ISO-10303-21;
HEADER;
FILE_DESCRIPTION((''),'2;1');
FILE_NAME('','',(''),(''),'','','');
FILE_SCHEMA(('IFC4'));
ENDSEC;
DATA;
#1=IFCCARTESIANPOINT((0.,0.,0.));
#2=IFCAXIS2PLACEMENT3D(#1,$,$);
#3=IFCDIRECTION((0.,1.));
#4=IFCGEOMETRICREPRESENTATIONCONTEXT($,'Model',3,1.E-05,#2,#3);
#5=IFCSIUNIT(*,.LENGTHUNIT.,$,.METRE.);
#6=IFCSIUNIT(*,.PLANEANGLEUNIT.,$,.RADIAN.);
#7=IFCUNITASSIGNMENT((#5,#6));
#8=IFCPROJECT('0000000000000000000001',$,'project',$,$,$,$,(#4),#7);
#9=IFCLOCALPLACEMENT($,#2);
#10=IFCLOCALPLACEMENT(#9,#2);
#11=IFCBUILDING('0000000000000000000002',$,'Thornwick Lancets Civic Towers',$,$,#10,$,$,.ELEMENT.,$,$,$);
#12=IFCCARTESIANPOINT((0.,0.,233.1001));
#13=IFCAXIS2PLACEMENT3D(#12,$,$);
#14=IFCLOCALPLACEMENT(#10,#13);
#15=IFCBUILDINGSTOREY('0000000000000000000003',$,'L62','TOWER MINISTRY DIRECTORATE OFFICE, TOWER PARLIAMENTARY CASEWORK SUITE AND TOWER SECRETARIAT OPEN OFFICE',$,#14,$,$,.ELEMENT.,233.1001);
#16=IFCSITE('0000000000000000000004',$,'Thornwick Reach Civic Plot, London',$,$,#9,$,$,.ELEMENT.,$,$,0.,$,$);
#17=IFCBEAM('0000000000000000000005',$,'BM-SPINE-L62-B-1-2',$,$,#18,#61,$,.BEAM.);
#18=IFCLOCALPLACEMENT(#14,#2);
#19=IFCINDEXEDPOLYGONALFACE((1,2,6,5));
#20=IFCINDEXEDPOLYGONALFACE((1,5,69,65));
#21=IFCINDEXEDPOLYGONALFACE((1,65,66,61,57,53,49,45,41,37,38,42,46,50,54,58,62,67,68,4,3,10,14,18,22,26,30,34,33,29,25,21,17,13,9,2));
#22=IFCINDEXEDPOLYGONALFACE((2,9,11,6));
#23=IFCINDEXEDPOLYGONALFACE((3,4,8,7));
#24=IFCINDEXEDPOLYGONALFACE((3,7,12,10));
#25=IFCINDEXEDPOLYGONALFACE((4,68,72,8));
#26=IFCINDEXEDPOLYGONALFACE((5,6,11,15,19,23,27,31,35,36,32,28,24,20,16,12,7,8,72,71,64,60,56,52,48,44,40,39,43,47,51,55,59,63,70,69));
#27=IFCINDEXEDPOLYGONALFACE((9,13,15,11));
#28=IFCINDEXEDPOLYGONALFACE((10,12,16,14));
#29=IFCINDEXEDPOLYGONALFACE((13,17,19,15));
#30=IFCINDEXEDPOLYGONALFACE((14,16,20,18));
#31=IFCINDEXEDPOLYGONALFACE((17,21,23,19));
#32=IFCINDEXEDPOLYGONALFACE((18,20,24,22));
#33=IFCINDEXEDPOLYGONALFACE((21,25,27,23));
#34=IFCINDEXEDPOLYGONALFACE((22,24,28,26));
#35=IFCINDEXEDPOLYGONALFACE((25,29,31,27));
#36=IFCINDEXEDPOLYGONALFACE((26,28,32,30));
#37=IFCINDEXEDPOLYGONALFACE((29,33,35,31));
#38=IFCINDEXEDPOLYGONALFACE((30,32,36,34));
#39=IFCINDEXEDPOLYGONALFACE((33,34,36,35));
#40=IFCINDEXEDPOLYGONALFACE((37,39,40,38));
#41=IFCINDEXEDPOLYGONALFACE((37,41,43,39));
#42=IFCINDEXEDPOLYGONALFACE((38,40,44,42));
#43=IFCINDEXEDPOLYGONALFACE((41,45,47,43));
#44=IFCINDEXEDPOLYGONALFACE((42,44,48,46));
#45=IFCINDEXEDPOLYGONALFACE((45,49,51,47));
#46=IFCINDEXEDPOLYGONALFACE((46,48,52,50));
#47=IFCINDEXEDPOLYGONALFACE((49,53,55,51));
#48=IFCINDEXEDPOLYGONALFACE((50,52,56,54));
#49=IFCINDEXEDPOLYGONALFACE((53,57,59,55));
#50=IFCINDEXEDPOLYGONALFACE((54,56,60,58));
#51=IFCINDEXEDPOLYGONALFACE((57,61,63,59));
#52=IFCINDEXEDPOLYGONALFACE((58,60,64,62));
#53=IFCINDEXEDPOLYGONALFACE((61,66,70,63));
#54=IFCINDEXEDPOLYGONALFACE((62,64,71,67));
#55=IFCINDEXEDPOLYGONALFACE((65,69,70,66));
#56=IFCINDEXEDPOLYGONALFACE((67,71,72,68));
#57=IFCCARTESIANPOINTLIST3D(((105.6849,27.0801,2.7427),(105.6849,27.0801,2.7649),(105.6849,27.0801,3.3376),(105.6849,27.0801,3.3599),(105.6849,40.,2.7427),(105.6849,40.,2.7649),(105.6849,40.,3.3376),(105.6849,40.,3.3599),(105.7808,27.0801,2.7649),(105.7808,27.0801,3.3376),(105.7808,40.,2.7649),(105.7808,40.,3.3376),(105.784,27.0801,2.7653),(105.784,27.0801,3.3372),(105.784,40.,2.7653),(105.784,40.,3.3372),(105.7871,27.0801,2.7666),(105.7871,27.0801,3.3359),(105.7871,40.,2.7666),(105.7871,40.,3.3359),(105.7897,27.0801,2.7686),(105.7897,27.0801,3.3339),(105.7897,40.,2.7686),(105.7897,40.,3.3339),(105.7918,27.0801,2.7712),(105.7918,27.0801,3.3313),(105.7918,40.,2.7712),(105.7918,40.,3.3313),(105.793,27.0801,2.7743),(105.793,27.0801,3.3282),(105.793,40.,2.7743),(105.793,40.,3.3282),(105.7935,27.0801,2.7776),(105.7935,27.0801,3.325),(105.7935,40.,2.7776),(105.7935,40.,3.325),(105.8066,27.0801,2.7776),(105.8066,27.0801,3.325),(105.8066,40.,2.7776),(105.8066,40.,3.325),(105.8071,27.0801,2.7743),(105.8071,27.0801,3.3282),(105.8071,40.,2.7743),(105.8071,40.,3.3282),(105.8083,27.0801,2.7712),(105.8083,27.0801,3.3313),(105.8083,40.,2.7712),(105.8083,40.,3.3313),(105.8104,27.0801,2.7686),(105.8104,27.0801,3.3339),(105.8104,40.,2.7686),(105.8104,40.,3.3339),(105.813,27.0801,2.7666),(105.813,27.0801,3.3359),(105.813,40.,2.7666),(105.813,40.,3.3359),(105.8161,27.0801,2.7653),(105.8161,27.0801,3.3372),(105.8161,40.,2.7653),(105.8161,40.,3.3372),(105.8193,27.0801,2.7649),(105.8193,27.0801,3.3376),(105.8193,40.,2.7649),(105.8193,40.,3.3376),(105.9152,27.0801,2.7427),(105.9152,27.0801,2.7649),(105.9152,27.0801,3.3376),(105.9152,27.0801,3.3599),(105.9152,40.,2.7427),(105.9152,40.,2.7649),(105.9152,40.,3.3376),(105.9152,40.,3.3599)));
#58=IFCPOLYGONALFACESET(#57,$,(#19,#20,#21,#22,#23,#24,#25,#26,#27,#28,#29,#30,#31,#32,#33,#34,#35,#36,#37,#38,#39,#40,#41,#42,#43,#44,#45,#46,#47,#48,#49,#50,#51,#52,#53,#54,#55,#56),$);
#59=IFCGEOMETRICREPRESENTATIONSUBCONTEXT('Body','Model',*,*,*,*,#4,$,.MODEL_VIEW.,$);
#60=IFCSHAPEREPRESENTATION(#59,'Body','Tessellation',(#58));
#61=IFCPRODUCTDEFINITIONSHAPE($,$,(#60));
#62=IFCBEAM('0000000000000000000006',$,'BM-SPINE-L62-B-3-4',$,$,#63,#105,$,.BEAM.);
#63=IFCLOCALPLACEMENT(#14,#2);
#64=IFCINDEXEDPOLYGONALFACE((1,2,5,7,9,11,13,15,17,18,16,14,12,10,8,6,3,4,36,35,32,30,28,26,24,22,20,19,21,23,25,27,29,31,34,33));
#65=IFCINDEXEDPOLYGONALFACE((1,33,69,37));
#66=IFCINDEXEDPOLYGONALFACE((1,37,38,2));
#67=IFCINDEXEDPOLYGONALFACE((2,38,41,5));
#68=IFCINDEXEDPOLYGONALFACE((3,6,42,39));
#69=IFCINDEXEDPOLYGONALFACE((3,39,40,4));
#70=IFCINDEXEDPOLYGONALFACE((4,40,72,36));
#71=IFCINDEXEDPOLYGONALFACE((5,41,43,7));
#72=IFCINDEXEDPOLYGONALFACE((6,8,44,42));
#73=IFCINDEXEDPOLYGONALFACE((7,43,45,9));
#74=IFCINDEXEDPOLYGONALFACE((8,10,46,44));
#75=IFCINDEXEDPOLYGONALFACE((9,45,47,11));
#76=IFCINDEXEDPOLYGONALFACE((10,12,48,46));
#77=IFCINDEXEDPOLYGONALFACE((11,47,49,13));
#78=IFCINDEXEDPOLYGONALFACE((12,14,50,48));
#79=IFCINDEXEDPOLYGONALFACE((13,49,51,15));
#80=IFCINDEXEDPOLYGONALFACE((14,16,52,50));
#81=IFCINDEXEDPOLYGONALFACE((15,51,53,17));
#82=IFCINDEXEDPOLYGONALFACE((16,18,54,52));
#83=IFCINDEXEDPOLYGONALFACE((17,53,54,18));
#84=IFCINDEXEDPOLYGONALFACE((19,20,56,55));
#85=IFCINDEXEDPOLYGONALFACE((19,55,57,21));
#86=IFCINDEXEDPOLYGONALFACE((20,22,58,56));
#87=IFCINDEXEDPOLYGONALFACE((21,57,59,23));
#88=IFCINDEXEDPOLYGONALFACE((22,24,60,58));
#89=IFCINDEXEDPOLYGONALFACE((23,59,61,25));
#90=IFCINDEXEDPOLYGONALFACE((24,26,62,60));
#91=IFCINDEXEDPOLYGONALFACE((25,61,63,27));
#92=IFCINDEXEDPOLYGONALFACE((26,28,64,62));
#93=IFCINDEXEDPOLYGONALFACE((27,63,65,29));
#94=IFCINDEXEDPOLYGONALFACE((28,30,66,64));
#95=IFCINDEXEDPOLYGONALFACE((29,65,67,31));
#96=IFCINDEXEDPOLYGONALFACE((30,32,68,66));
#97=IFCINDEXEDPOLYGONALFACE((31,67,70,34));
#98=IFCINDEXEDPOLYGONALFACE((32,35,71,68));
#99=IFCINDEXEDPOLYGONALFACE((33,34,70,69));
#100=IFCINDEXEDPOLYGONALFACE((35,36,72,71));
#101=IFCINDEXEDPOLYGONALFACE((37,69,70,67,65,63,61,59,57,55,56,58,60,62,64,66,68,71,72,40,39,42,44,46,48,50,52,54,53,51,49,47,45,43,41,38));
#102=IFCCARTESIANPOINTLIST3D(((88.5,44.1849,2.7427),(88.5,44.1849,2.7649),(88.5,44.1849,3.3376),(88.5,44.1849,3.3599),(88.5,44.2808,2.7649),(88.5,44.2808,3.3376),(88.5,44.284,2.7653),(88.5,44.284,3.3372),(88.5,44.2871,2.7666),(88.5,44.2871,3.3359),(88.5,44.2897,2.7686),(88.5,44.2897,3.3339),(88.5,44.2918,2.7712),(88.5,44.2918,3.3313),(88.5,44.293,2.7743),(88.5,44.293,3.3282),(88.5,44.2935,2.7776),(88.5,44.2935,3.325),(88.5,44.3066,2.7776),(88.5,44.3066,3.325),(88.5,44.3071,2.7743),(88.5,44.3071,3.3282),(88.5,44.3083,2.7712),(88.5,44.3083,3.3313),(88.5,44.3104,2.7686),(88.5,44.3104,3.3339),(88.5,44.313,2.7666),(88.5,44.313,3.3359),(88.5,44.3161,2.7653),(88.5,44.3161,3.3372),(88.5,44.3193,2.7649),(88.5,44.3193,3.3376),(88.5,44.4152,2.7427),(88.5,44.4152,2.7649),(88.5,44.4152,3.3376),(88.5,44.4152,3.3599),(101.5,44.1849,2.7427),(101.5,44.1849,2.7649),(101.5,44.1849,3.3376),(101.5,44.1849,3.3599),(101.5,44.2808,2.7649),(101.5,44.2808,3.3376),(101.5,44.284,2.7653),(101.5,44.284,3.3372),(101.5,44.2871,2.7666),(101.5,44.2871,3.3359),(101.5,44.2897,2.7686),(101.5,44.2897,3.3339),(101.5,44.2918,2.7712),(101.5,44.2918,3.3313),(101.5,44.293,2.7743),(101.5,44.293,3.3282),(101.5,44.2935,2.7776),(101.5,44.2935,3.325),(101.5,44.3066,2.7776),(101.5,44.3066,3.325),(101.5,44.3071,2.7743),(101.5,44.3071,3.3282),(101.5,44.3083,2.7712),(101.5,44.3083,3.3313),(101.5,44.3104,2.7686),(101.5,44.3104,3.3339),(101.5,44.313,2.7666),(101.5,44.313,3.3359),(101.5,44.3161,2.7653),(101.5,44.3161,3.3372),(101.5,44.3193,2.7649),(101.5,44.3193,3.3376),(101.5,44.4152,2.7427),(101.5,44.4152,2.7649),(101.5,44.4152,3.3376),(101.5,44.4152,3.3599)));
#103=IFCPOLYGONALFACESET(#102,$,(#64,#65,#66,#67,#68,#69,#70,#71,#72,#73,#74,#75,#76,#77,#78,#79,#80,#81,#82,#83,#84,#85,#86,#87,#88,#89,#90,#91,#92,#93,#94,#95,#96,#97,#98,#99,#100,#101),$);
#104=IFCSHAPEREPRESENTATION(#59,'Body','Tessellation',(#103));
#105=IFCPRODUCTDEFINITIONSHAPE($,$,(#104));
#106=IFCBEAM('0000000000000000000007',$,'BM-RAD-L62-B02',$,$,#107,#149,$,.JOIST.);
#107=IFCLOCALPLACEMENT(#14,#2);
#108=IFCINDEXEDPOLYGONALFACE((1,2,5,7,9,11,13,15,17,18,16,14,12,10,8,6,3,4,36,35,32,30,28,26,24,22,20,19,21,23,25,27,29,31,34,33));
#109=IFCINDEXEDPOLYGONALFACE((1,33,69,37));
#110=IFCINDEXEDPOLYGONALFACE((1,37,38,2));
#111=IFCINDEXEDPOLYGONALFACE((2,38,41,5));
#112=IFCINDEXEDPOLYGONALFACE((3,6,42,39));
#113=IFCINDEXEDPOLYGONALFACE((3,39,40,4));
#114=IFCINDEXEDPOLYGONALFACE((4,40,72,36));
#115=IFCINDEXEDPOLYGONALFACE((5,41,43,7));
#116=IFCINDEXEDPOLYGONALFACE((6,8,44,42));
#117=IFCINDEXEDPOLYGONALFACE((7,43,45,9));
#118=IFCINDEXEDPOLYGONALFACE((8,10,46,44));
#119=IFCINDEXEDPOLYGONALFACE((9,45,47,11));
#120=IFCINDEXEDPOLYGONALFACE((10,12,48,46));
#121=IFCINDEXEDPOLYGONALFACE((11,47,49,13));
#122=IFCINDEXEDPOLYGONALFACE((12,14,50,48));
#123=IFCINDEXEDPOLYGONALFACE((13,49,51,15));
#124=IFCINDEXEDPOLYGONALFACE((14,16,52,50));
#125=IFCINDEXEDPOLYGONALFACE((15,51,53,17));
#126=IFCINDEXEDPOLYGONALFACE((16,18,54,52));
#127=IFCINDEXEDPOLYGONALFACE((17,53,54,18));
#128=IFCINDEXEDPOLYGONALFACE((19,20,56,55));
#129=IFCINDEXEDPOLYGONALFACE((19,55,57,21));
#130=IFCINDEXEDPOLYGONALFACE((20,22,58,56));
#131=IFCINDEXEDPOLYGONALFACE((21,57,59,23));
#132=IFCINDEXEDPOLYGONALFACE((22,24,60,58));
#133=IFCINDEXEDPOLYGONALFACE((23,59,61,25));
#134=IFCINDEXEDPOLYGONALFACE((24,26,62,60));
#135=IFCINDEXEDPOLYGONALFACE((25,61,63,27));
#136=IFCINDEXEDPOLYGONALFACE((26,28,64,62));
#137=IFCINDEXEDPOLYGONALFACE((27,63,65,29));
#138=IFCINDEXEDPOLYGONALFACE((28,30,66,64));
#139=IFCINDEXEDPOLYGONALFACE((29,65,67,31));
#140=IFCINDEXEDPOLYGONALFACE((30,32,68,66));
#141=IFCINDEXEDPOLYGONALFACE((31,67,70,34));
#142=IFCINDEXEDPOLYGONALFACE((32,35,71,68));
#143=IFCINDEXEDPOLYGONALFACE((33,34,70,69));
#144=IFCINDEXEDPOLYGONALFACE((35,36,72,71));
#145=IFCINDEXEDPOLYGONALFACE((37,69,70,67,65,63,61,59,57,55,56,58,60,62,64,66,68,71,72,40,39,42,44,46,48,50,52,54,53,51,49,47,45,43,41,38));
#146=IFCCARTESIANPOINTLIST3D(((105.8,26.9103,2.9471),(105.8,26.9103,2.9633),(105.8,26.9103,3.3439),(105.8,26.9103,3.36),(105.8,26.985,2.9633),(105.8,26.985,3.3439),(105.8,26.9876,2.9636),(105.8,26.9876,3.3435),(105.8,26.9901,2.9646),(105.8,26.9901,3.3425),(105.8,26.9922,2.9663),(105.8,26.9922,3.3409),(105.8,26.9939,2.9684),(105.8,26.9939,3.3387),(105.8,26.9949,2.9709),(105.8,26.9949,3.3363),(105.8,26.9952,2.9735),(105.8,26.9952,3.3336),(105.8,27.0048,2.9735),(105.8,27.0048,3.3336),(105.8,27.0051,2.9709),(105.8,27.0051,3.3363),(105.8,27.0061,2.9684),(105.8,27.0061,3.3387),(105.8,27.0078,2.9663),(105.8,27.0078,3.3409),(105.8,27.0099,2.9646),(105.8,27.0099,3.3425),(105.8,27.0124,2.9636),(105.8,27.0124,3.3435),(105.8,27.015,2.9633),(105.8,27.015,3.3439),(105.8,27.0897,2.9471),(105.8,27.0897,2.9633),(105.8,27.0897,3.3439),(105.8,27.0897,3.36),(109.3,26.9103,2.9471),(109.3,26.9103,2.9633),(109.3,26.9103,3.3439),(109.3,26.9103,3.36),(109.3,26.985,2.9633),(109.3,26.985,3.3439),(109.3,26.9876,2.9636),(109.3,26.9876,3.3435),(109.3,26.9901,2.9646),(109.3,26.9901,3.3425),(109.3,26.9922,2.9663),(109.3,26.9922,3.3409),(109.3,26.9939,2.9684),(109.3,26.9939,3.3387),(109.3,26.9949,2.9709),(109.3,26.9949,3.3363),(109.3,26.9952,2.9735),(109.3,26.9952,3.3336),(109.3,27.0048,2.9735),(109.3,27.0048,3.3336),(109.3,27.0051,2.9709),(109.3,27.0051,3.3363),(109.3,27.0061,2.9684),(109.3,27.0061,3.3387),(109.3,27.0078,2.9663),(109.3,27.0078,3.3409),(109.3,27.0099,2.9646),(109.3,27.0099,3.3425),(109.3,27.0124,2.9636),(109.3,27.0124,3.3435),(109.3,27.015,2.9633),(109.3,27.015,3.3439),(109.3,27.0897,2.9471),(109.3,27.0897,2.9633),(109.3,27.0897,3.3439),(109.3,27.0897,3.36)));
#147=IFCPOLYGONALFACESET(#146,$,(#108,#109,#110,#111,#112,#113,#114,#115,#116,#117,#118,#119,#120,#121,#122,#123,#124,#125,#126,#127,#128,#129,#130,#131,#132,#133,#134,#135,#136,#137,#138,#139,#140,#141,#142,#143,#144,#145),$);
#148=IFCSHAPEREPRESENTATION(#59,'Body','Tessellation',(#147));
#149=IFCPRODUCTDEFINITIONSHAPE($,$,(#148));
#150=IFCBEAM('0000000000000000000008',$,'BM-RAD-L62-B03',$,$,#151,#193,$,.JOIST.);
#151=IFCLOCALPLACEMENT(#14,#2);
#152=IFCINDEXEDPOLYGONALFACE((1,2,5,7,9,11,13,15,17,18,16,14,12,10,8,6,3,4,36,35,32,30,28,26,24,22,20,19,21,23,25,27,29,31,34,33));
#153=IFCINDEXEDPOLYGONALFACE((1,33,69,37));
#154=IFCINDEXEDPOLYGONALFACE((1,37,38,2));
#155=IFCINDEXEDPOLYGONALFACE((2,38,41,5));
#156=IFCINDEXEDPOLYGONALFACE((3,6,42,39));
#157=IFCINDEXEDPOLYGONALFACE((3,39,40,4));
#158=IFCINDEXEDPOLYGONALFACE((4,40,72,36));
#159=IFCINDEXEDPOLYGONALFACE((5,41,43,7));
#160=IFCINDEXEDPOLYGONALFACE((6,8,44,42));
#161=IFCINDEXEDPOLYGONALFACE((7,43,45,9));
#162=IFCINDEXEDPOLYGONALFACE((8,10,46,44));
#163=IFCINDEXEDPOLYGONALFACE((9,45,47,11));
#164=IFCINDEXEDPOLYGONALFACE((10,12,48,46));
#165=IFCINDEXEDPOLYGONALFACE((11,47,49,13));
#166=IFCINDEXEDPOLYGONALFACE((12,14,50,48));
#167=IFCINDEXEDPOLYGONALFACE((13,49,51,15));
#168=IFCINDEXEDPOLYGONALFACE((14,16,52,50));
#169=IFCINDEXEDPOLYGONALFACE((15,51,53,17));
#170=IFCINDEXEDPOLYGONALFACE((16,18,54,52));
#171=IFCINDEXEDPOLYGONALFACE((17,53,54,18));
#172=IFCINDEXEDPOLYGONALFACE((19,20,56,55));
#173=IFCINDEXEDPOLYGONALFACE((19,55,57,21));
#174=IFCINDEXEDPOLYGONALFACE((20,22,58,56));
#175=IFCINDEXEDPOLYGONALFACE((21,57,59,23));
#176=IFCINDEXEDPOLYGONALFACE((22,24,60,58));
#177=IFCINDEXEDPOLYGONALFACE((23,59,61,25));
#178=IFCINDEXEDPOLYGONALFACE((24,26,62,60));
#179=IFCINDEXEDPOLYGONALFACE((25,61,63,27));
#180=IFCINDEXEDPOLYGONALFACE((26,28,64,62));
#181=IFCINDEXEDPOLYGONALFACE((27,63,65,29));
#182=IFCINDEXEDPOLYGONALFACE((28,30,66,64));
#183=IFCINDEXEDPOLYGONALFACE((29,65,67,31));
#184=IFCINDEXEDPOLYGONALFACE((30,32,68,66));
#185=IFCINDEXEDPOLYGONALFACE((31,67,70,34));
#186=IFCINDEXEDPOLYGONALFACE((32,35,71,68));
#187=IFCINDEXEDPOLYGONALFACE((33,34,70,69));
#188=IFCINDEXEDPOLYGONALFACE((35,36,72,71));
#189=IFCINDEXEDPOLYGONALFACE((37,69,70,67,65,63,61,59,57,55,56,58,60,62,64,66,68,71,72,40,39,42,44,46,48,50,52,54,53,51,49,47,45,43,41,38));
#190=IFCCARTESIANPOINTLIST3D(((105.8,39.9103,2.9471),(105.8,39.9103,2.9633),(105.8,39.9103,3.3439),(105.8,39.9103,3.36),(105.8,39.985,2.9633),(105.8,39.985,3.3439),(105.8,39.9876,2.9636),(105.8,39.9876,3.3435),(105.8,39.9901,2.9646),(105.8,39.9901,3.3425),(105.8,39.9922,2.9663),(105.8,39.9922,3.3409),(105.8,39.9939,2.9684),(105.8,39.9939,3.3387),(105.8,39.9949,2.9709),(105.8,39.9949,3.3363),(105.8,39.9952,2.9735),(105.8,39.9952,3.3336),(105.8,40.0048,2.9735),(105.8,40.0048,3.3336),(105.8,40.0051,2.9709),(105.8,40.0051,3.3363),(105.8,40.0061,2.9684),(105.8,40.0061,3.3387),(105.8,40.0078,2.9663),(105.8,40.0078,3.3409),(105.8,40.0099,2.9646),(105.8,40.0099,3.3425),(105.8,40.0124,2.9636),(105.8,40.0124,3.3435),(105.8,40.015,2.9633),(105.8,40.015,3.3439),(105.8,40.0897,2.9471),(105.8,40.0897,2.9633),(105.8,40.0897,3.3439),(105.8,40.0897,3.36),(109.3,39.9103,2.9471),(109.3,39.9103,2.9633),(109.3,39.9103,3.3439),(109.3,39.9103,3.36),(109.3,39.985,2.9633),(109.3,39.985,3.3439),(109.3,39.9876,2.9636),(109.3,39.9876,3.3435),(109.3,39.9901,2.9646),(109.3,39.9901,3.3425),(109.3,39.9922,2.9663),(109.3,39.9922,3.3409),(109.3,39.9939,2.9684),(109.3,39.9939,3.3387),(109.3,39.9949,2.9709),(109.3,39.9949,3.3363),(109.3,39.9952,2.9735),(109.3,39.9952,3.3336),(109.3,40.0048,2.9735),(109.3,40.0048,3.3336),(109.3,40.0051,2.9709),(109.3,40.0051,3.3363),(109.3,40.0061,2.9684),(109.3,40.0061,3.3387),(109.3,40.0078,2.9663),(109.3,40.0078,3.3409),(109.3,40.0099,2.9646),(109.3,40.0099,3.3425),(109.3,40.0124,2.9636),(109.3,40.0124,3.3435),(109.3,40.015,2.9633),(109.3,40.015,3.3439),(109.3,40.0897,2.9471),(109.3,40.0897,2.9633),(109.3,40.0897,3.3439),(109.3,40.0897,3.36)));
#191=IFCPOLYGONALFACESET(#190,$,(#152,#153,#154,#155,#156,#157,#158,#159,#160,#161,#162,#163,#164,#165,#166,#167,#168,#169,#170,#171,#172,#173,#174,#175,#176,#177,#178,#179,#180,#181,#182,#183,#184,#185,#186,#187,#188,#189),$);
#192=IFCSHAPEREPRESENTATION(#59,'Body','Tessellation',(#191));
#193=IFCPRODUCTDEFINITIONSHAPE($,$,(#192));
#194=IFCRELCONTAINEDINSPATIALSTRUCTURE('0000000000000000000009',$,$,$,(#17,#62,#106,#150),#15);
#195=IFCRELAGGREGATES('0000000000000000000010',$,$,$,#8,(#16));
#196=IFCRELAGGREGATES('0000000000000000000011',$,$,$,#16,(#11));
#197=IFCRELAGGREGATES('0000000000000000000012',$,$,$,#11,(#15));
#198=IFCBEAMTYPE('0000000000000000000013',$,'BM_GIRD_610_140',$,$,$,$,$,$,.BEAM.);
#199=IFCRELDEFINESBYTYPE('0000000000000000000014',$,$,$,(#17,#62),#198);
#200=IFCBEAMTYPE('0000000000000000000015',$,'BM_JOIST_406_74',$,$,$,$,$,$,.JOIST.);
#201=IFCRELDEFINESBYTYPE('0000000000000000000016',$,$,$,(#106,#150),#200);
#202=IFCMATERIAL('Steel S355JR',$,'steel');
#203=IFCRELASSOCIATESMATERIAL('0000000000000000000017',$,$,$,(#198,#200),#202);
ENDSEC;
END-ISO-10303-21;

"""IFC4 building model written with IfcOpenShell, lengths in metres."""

from ifc_helpers import new_model, si_unit, direction, frame, origin, origin_2d, place, context, subcontext, project, spatial, i_section, extrude, material, material_profile, profile_set, type_object, element, save


model = new_model("IFC4")

# Units and contexts
model_context = context("Model", 3, precision=1e-05, world=origin(), true_north=direction((0.0, 1.0)))
body_context = subcontext(model_context, "Body", "Model", "MODEL_VIEW")
ifc_project = project(units=[si_unit("LENGTHUNIT", "METRE"), si_unit("PLANEANGLEUNIT", "RADIAN")], contexts=[model_context])

# Site, building, storey
site_placement = place(None, origin())
site = spatial("IfcSite", under=ifc_project, at=site_placement, Name="Thornwick Reach Civic Plot, London", CompositionType="ELEMENT", RefElevation=0.0)
building_placement = place(site_placement, origin())
building = spatial("IfcBuilding", under=site, at=building_placement, Name="Thornwick Lancets Civic Towers", CompositionType="ELEMENT")
storey_placement = place(building_placement, frame((0.0, 0.0, 233.1001)))
storey = spatial("IfcBuildingStorey", under=building, at=storey_placement, Name="L62", Description="TOWER MINISTRY DIRECTORATE OFFICE, TOWER PARLIAMENTARY CASEWORK SUITE AND TOWER SECRETARIAT OPEN OFFICE", CompositionType="ELEMENT", Elevation=233.1001)

# Shared definitions
ifc_material_1 = material(Name="Steel S355JR", Category="steel")

# Beams
ifc_material_profile_1 = material_profile(ifc_material_1, i_section(OverallWidth=0.2302, OverallDepth=0.6172, WebThickness=0.0132, FlangeThickness=0.0222, FilletRadius=0.0127, at=origin_2d()), Name="UKB 610x229x140")
ifc_profile_set_1 = profile_set([ifc_material_profile_1], Name="Steel S355JR")
beam_type_1 = type_object("IfcBeamType", Name="BM_GIRD_610_140", PredefinedType="BEAM", material=ifc_profile_set_1)
beam_1_placement = place(storey_placement, frame((105.8, 27.0801, 3.0513), z_axis=(0.0, 1.0, 0.0), x_axis=(-1.0, 0.0, 0.0)))
element("IfcBeam", 1, at=beam_1_placement, inside=storey, type_object=beam_type_1, Name="BM-SPINE-L62-B-1-2", PredefinedType="BEAM", context=body_context, shape_type="SweptSolid", body=[
    extrude(i_section(OverallWidth=0.2302, OverallDepth=0.6172, WebThickness=0.0132, FlangeThickness=0.0222, FilletRadius=0.0127, at=origin_2d()), origin(), (0.0, 0.0, 1.0), 12.9199),
])
beam_2_placement = place(storey_placement, frame((101.5, 44.3, 3.0513), z_axis=(-1.0, 0.0, 0.0), x_axis=(0.0, -1.0, 0.0)))
element("IfcBeam", 2, at=beam_2_placement, inside=storey, type_object=beam_type_1, Name="BM-SPINE-L62-B-3-4", PredefinedType="BEAM", context=body_context, shape_type="SweptSolid", body=[
    extrude(i_section(OverallWidth=0.2302, OverallDepth=0.6172, WebThickness=0.0132, FlangeThickness=0.0222, FilletRadius=0.0127, at=origin_2d()), origin(), (0.0, 0.0, 1.0), 13.0),
])
ifc_material_profile_2 = material_profile(ifc_material_1, i_section(OverallWidth=0.1794, OverallDepth=0.4128, WebThickness=0.0095, FlangeThickness=0.0161, FilletRadius=0.0103, at=origin_2d()), Name="UKB 406x178x74")
ifc_profile_set_2 = profile_set([ifc_material_profile_2], Name="Steel S355JR")
beam_type_2 = type_object("IfcBeamType", Name="BM_JOIST_406_74", PredefinedType="JOIST", material=ifc_profile_set_2)
for number, where, z_axis, x_axis, name in (
    (3, (105.8, 27.0, 3.1536), (1.0, 0.0, 0.0), (0.0, 1.0, 0.0), "BM-RAD-L62-B02"),
    (4, (105.8, 40.0, 3.1536), (1.0, 0.0, 0.0), (0.0, 1.0, 0.0), "BM-RAD-L62-B03"),
):
    element("IfcBeam", number, at=place(storey_placement, frame(where, z_axis=z_axis, x_axis=x_axis)), inside=storey, type_object=beam_type_2, Name=name, PredefinedType="JOIST", context=body_context, shape_type="SweptSolid", body=[
        extrude(i_section(OverallWidth=0.1794, OverallDepth=0.4128, WebThickness=0.0095, FlangeThickness=0.0161, FilletRadius=0.0103, at=origin_2d()), origin(), (0.0, 0.0, 1.0), 3.5),
    ])

save(model, "model.ifc")
